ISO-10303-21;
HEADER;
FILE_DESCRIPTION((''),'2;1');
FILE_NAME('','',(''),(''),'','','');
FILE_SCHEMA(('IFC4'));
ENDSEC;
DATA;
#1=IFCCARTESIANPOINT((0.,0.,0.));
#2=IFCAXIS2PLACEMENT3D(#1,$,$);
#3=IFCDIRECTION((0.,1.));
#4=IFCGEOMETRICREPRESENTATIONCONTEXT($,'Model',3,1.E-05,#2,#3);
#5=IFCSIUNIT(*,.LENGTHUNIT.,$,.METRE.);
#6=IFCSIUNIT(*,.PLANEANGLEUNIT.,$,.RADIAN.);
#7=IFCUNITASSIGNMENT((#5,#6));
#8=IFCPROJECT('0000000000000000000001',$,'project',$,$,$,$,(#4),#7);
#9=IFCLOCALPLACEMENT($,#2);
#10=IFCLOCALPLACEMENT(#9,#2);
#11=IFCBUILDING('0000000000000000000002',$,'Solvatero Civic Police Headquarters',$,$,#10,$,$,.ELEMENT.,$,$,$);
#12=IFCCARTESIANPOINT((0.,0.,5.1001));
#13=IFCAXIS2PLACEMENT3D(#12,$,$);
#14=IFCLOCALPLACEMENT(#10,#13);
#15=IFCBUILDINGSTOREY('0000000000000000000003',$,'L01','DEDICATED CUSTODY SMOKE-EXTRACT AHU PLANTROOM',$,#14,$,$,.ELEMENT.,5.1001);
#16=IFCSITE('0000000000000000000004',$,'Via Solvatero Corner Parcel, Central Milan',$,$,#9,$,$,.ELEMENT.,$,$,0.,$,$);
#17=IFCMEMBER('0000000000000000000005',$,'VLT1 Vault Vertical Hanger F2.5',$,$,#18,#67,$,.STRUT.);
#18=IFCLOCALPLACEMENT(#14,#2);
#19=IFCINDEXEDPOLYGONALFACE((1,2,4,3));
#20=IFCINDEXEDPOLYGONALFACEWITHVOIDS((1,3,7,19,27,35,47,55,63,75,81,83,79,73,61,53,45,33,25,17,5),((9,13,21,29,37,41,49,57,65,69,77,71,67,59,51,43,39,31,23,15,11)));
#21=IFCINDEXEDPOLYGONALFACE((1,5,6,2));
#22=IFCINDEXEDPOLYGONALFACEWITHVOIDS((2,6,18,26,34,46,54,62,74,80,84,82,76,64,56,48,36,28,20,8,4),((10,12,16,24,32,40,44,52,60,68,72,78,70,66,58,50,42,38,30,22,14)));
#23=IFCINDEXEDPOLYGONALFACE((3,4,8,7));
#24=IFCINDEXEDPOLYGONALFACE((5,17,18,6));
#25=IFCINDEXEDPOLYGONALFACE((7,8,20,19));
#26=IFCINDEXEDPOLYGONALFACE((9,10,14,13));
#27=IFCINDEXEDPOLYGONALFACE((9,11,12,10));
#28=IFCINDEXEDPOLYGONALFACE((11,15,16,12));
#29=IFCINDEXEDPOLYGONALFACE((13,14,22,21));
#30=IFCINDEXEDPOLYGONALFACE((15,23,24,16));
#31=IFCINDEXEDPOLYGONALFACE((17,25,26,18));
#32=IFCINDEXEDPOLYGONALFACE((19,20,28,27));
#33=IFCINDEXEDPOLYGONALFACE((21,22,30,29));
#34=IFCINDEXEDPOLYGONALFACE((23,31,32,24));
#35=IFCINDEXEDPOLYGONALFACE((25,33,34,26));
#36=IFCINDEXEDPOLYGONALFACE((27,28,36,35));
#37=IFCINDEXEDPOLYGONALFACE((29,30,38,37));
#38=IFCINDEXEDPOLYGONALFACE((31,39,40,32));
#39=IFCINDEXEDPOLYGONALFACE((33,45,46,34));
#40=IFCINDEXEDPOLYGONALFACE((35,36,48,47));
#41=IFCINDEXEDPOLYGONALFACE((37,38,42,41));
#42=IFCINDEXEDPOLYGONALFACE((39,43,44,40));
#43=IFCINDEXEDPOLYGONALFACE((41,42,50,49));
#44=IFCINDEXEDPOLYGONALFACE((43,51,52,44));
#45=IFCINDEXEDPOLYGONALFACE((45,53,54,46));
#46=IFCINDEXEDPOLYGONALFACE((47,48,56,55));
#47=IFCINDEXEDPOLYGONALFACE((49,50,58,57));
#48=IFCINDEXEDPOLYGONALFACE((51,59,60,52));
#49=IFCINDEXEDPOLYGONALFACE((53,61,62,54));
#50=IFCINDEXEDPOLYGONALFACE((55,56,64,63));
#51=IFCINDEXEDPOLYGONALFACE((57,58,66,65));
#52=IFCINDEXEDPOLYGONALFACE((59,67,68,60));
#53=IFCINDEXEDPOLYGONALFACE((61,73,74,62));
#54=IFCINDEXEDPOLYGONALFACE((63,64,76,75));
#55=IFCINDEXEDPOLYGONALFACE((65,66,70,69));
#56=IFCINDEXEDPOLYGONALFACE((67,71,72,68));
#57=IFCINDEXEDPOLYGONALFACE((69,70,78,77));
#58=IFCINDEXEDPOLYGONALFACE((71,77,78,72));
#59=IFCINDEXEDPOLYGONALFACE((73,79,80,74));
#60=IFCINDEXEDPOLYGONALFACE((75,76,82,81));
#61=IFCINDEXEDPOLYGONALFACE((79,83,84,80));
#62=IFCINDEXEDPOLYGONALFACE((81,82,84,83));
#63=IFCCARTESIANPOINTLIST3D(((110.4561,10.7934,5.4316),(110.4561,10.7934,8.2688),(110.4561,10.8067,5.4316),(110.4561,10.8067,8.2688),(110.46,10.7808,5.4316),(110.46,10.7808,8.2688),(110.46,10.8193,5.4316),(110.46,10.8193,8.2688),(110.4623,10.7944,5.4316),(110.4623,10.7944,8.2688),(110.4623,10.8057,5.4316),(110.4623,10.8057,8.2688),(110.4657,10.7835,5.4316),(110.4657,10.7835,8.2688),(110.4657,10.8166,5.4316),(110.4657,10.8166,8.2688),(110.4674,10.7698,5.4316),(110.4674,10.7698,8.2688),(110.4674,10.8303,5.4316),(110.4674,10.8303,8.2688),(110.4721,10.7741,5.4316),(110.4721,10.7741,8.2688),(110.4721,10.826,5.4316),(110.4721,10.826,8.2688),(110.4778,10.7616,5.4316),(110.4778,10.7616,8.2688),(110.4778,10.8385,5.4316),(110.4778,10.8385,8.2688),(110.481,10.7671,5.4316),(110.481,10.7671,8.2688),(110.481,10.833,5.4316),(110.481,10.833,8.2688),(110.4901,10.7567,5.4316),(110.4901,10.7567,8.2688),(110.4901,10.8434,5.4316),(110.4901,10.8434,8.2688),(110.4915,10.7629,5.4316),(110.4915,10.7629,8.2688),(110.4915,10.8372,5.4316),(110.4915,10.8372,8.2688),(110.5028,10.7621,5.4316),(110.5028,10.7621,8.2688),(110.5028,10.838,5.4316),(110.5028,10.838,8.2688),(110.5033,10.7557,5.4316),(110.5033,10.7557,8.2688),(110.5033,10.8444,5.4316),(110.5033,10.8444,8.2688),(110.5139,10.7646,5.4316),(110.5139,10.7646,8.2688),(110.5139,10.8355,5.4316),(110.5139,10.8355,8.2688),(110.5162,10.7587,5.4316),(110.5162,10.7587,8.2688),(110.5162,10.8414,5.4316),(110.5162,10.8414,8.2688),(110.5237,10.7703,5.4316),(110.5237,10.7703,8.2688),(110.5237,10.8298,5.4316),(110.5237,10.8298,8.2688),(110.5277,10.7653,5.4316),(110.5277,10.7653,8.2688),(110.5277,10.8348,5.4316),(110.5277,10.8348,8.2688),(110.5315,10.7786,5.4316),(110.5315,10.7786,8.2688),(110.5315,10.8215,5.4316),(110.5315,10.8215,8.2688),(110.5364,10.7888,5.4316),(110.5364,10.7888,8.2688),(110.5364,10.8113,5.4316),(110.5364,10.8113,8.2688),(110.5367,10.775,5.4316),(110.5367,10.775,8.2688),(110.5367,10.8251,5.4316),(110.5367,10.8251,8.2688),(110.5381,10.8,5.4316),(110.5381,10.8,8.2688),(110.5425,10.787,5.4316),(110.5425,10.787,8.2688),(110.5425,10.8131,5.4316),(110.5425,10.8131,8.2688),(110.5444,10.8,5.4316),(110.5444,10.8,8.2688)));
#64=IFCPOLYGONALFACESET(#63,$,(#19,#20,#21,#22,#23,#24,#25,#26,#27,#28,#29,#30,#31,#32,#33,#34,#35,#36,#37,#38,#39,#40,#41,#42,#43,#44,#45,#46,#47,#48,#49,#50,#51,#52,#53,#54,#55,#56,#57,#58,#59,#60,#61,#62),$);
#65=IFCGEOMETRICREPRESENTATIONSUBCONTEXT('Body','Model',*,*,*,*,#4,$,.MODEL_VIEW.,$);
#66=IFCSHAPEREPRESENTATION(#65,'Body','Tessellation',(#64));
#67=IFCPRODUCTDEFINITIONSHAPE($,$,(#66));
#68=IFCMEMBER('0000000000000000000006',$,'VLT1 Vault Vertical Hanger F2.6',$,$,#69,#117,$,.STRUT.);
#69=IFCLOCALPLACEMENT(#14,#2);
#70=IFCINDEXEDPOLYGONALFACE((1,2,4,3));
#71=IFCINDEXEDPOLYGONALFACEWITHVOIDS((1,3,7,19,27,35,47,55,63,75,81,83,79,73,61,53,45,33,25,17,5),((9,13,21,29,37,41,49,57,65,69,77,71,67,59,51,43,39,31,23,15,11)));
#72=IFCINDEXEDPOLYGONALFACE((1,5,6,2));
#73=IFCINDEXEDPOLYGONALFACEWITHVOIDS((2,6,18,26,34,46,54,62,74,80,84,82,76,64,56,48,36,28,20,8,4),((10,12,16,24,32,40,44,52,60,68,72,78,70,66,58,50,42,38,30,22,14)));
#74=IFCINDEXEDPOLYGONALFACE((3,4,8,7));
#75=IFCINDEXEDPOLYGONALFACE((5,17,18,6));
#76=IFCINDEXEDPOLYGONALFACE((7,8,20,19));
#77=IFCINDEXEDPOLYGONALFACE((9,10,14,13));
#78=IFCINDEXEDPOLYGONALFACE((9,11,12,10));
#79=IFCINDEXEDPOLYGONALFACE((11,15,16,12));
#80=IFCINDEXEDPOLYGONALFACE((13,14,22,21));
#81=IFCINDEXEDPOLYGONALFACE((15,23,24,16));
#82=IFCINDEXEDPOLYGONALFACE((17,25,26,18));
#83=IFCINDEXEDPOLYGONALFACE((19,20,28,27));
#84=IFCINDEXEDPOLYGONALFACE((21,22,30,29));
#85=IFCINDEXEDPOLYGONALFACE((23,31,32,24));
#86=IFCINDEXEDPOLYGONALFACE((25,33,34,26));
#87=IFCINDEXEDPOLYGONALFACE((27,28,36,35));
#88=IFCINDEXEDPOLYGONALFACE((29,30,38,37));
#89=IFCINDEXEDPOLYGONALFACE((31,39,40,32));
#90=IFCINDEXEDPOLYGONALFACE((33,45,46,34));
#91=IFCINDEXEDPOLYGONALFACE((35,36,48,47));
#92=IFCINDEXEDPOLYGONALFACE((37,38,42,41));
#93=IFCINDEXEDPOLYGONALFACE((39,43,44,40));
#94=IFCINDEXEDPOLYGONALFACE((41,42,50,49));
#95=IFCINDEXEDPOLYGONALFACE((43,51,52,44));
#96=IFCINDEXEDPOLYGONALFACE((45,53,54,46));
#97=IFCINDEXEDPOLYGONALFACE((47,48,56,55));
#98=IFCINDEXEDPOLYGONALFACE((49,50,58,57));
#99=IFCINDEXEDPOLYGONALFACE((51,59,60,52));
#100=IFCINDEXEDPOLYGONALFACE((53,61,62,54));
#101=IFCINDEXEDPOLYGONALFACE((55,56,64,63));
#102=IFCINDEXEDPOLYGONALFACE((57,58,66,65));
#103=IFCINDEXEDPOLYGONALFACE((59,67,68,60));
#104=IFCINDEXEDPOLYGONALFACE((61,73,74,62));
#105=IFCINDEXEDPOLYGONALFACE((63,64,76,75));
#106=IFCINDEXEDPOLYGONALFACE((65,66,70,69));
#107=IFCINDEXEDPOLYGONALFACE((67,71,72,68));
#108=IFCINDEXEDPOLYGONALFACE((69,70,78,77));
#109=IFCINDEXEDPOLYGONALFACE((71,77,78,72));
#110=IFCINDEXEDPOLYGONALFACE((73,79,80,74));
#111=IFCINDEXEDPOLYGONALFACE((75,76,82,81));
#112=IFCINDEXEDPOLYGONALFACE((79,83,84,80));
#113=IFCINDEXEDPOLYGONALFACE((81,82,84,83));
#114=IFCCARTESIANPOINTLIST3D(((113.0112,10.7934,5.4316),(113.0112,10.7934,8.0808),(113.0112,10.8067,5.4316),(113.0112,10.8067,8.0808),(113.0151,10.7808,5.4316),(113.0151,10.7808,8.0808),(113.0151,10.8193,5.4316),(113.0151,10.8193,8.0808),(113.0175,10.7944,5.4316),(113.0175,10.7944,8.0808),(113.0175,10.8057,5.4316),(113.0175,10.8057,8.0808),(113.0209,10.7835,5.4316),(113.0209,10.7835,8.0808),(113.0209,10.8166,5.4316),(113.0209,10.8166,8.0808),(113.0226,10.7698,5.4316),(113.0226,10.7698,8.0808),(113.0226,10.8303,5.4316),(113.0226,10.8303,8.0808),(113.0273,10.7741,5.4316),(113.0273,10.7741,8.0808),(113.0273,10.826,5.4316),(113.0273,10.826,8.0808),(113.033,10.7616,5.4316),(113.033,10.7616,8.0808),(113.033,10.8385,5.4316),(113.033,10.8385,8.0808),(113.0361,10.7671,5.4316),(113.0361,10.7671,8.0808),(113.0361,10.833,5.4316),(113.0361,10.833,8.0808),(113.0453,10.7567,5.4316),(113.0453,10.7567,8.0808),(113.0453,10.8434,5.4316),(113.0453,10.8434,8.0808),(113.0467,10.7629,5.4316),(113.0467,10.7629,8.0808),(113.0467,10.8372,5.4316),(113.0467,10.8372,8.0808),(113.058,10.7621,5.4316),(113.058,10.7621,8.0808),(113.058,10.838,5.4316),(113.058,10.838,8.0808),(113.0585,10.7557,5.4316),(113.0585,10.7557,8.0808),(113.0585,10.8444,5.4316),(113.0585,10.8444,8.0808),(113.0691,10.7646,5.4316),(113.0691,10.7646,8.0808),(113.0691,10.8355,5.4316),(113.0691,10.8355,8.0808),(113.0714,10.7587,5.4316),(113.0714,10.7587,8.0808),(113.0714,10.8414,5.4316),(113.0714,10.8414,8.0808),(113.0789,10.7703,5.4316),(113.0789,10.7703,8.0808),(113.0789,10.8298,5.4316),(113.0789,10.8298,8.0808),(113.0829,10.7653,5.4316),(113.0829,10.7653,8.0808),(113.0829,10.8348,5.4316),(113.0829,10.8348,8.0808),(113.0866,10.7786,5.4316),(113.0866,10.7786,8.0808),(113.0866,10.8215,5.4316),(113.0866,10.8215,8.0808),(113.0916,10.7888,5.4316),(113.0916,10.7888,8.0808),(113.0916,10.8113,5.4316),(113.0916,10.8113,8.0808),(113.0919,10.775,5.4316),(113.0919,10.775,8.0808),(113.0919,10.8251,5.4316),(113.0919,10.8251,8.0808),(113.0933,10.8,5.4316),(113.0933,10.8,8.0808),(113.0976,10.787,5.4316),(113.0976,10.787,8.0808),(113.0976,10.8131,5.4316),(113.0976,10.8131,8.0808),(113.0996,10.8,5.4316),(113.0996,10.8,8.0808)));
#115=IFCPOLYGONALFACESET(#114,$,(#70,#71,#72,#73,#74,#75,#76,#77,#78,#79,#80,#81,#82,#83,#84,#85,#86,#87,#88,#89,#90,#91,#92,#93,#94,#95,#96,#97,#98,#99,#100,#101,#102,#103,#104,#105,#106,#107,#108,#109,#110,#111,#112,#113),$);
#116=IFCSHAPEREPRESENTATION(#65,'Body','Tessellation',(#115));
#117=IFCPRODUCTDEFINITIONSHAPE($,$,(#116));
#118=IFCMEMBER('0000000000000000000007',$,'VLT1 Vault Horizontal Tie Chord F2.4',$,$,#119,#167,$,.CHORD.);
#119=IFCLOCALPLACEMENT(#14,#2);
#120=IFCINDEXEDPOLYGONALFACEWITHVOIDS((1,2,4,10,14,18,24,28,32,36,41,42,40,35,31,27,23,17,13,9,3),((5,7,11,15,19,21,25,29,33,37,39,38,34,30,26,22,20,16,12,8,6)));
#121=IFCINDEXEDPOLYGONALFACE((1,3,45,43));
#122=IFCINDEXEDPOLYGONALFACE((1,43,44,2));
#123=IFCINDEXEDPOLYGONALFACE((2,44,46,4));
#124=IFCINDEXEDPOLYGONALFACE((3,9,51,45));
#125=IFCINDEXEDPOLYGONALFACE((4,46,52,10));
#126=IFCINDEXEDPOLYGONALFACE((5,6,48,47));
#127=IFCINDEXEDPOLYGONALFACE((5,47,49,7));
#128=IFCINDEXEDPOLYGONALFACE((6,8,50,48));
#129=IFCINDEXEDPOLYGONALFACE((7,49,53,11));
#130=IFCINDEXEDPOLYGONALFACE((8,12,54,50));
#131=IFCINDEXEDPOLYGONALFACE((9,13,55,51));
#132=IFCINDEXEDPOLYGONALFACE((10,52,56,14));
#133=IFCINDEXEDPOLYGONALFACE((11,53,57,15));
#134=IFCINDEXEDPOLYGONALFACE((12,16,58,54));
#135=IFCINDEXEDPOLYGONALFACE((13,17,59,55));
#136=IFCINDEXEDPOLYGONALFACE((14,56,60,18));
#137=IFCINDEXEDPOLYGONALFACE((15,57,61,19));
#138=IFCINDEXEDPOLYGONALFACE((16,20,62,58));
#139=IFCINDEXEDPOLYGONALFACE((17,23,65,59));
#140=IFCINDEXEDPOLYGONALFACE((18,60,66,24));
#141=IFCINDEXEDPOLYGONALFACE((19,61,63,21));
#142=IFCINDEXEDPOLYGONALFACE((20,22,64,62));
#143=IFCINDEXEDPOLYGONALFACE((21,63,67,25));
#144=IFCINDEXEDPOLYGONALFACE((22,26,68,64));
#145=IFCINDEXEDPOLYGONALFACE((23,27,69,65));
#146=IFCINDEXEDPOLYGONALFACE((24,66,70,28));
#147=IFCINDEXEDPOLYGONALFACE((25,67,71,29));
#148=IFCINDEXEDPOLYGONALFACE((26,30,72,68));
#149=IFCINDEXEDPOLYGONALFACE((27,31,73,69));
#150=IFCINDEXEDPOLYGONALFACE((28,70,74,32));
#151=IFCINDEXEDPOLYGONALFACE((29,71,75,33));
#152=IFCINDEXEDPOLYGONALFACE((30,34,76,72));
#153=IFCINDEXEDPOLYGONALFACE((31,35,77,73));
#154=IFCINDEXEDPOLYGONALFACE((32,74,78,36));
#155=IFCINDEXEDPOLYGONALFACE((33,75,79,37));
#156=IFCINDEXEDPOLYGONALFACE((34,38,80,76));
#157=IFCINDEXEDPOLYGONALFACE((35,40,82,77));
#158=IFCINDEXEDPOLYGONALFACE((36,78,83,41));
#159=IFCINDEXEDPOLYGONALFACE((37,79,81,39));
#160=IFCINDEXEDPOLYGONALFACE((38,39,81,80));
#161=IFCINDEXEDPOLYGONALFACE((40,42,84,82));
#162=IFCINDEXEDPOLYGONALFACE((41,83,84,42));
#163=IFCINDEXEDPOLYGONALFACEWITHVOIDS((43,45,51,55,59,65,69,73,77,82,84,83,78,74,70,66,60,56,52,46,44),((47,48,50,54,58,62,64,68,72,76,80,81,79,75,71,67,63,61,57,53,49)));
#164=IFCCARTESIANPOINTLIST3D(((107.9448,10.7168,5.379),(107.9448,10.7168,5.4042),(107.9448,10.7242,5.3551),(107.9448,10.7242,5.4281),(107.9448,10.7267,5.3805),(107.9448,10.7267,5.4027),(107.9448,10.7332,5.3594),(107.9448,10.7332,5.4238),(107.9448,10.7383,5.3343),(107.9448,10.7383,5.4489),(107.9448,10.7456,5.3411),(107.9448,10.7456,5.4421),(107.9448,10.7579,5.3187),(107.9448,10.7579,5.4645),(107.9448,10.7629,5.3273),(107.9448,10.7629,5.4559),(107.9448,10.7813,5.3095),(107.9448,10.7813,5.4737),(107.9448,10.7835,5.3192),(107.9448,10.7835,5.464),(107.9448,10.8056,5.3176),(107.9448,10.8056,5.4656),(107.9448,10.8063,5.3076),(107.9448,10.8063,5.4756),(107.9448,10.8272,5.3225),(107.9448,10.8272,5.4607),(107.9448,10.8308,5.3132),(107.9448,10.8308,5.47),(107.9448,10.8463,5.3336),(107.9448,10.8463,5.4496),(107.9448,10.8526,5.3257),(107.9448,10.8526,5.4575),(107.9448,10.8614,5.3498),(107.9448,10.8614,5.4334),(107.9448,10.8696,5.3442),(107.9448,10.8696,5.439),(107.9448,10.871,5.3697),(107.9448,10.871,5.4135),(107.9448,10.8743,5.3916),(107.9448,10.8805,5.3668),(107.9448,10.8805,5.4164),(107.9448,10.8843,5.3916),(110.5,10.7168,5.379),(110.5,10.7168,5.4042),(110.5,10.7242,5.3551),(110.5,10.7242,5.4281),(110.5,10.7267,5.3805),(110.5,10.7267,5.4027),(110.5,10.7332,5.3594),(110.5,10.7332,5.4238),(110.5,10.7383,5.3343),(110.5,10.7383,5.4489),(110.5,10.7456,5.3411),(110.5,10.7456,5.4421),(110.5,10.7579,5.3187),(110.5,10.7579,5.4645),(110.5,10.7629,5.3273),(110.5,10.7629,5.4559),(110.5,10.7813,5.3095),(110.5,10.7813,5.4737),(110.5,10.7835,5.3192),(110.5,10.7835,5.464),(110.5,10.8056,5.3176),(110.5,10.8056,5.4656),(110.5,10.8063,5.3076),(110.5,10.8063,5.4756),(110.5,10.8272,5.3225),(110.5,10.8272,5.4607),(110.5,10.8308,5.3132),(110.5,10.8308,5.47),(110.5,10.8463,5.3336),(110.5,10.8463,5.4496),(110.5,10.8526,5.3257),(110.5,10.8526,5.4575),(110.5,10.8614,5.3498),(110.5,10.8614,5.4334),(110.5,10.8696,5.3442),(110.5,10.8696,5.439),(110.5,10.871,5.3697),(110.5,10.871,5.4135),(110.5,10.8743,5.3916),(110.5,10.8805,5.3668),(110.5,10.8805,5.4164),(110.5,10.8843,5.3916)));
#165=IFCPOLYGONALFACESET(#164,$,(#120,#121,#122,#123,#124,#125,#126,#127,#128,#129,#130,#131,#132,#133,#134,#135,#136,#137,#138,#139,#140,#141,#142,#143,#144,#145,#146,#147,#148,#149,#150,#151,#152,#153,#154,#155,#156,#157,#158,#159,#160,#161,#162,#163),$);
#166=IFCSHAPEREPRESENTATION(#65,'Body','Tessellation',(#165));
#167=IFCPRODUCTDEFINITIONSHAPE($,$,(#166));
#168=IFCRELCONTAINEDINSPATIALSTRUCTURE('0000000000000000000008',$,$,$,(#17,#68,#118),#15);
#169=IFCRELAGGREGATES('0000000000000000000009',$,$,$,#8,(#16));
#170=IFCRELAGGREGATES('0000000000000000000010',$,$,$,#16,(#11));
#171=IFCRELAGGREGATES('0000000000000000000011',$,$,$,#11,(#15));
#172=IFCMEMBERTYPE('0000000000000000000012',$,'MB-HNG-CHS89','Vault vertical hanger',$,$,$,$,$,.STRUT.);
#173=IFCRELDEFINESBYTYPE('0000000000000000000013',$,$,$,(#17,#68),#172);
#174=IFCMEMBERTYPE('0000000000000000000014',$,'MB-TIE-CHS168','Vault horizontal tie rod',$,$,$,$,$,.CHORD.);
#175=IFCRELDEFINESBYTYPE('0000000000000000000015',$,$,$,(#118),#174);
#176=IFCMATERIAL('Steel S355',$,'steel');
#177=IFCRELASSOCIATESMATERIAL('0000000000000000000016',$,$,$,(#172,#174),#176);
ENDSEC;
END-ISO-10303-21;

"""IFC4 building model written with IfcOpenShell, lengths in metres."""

from ifc_helpers import new_model, si_unit, direction, frame, origin, origin_2d, place, context, subcontext, project, spatial, hollow_circle, extrude, material, material_profile, profile_set, type_object, element, save


model = new_model("IFC4")

# Units and contexts
model_context = context("Model", 3, precision=1e-05, world=origin(), true_north=direction((0.0, 1.0)))
body_context = subcontext(model_context, "Body", "Model", "MODEL_VIEW")
ifc_project = project(units=[si_unit("LENGTHUNIT", "METRE"), si_unit("PLANEANGLEUNIT", "RADIAN")], contexts=[model_context])

# Site, building, storey
site_placement = place(None, origin())
site = spatial("IfcSite", under=ifc_project, at=site_placement, Name="Via Solvatero Corner Parcel, Central Milan", CompositionType="ELEMENT", RefElevation=0.0)
building_placement = place(site_placement, origin())
building = spatial("IfcBuilding", under=site, at=building_placement, Name="Solvatero Civic Police Headquarters", CompositionType="ELEMENT")
storey_placement = place(building_placement, frame((0.0, 0.0, 5.1001)))
storey = spatial("IfcBuildingStorey", under=building, at=storey_placement, Name="L01", Description="DEDICATED CUSTODY SMOKE-EXTRACT AHU PLANTROOM", CompositionType="ELEMENT", Elevation=5.1001)

# Shared definitions
ifc_material_1 = material(Name="Steel S355", Category="steel")

# Members
ifc_material_profile_1 = material_profile(ifc_material_1, hollow_circle(Radius=0.0444, WallThickness=0.0063, at=origin_2d()), Name="CHS 88.9x6.3")
ifc_profile_set_1 = profile_set([ifc_material_profile_1], Name="Steel S355")
member_type_1 = type_object("IfcMemberType", Name="MB-HNG-CHS89", Description="Vault vertical hanger", PredefinedType="STRUT", material=ifc_profile_set_1)
member_1_placement = place(storey_placement, frame((110.5, 10.8, 5.4316), z_axis=(0.0, 0.0, 1.0), x_axis=(1.0, 0.0, 0.0)))
element("IfcMember", 1, at=member_1_placement, inside=storey, type_object=member_type_1, Name="VLT1 Vault Vertical Hanger F2.5", PredefinedType="STRUT", context=body_context, shape_type="SweptSolid", body=[
    extrude(hollow_circle(Radius=0.0444, WallThickness=0.0063, at=origin_2d()), origin(), (0.0, 0.0, 1.0), 2.8372),
])
member_2_placement = place(storey_placement, frame((113.0552, 10.8, 5.4316), z_axis=(0.0, 0.0, 1.0), x_axis=(1.0, 0.0, 0.0)))
element("IfcMember", 2, at=member_2_placement, inside=storey, type_object=member_type_1, Name="VLT1 Vault Vertical Hanger F2.6", PredefinedType="STRUT", context=body_context, shape_type="SweptSolid", body=[
    extrude(hollow_circle(Radius=0.0444, WallThickness=0.0063, at=origin_2d()), origin(), (0.0, 0.0, 1.0), 2.6492),
])
ifc_material_profile_2 = material_profile(ifc_material_1, hollow_circle(Radius=0.0842, WallThickness=0.01, at=origin_2d()), Name="CHS 168.3x10.0")
ifc_profile_set_2 = profile_set([ifc_material_profile_2], Name="Steel S355")
member_type_2 = type_object("IfcMemberType", Name="MB-TIE-CHS168", Description="Vault horizontal tie rod", PredefinedType="CHORD", material=ifc_profile_set_2)
for number, where, z_axis, x_axis, name in (
    (3, (107.9448, 10.8, 5.3916), (1.0, 0.0, 0.0), (0.0, 1.0, 0.0), "VLT1 Vault Horizontal Tie Chord F2.4"),
):
    element("IfcMember", number, at=place(storey_placement, frame(where, z_axis=z_axis, x_axis=x_axis)), inside=storey, type_object=member_type_2, Name=name, PredefinedType="CHORD", context=body_context, shape_type="SweptSolid", body=[
        extrude(hollow_circle(Radius=0.0842, WallThickness=0.01, at=origin_2d()), origin(), (0.0, 0.0, 1.0), 2.5552),
    ])

save(model, "model.ifc")
